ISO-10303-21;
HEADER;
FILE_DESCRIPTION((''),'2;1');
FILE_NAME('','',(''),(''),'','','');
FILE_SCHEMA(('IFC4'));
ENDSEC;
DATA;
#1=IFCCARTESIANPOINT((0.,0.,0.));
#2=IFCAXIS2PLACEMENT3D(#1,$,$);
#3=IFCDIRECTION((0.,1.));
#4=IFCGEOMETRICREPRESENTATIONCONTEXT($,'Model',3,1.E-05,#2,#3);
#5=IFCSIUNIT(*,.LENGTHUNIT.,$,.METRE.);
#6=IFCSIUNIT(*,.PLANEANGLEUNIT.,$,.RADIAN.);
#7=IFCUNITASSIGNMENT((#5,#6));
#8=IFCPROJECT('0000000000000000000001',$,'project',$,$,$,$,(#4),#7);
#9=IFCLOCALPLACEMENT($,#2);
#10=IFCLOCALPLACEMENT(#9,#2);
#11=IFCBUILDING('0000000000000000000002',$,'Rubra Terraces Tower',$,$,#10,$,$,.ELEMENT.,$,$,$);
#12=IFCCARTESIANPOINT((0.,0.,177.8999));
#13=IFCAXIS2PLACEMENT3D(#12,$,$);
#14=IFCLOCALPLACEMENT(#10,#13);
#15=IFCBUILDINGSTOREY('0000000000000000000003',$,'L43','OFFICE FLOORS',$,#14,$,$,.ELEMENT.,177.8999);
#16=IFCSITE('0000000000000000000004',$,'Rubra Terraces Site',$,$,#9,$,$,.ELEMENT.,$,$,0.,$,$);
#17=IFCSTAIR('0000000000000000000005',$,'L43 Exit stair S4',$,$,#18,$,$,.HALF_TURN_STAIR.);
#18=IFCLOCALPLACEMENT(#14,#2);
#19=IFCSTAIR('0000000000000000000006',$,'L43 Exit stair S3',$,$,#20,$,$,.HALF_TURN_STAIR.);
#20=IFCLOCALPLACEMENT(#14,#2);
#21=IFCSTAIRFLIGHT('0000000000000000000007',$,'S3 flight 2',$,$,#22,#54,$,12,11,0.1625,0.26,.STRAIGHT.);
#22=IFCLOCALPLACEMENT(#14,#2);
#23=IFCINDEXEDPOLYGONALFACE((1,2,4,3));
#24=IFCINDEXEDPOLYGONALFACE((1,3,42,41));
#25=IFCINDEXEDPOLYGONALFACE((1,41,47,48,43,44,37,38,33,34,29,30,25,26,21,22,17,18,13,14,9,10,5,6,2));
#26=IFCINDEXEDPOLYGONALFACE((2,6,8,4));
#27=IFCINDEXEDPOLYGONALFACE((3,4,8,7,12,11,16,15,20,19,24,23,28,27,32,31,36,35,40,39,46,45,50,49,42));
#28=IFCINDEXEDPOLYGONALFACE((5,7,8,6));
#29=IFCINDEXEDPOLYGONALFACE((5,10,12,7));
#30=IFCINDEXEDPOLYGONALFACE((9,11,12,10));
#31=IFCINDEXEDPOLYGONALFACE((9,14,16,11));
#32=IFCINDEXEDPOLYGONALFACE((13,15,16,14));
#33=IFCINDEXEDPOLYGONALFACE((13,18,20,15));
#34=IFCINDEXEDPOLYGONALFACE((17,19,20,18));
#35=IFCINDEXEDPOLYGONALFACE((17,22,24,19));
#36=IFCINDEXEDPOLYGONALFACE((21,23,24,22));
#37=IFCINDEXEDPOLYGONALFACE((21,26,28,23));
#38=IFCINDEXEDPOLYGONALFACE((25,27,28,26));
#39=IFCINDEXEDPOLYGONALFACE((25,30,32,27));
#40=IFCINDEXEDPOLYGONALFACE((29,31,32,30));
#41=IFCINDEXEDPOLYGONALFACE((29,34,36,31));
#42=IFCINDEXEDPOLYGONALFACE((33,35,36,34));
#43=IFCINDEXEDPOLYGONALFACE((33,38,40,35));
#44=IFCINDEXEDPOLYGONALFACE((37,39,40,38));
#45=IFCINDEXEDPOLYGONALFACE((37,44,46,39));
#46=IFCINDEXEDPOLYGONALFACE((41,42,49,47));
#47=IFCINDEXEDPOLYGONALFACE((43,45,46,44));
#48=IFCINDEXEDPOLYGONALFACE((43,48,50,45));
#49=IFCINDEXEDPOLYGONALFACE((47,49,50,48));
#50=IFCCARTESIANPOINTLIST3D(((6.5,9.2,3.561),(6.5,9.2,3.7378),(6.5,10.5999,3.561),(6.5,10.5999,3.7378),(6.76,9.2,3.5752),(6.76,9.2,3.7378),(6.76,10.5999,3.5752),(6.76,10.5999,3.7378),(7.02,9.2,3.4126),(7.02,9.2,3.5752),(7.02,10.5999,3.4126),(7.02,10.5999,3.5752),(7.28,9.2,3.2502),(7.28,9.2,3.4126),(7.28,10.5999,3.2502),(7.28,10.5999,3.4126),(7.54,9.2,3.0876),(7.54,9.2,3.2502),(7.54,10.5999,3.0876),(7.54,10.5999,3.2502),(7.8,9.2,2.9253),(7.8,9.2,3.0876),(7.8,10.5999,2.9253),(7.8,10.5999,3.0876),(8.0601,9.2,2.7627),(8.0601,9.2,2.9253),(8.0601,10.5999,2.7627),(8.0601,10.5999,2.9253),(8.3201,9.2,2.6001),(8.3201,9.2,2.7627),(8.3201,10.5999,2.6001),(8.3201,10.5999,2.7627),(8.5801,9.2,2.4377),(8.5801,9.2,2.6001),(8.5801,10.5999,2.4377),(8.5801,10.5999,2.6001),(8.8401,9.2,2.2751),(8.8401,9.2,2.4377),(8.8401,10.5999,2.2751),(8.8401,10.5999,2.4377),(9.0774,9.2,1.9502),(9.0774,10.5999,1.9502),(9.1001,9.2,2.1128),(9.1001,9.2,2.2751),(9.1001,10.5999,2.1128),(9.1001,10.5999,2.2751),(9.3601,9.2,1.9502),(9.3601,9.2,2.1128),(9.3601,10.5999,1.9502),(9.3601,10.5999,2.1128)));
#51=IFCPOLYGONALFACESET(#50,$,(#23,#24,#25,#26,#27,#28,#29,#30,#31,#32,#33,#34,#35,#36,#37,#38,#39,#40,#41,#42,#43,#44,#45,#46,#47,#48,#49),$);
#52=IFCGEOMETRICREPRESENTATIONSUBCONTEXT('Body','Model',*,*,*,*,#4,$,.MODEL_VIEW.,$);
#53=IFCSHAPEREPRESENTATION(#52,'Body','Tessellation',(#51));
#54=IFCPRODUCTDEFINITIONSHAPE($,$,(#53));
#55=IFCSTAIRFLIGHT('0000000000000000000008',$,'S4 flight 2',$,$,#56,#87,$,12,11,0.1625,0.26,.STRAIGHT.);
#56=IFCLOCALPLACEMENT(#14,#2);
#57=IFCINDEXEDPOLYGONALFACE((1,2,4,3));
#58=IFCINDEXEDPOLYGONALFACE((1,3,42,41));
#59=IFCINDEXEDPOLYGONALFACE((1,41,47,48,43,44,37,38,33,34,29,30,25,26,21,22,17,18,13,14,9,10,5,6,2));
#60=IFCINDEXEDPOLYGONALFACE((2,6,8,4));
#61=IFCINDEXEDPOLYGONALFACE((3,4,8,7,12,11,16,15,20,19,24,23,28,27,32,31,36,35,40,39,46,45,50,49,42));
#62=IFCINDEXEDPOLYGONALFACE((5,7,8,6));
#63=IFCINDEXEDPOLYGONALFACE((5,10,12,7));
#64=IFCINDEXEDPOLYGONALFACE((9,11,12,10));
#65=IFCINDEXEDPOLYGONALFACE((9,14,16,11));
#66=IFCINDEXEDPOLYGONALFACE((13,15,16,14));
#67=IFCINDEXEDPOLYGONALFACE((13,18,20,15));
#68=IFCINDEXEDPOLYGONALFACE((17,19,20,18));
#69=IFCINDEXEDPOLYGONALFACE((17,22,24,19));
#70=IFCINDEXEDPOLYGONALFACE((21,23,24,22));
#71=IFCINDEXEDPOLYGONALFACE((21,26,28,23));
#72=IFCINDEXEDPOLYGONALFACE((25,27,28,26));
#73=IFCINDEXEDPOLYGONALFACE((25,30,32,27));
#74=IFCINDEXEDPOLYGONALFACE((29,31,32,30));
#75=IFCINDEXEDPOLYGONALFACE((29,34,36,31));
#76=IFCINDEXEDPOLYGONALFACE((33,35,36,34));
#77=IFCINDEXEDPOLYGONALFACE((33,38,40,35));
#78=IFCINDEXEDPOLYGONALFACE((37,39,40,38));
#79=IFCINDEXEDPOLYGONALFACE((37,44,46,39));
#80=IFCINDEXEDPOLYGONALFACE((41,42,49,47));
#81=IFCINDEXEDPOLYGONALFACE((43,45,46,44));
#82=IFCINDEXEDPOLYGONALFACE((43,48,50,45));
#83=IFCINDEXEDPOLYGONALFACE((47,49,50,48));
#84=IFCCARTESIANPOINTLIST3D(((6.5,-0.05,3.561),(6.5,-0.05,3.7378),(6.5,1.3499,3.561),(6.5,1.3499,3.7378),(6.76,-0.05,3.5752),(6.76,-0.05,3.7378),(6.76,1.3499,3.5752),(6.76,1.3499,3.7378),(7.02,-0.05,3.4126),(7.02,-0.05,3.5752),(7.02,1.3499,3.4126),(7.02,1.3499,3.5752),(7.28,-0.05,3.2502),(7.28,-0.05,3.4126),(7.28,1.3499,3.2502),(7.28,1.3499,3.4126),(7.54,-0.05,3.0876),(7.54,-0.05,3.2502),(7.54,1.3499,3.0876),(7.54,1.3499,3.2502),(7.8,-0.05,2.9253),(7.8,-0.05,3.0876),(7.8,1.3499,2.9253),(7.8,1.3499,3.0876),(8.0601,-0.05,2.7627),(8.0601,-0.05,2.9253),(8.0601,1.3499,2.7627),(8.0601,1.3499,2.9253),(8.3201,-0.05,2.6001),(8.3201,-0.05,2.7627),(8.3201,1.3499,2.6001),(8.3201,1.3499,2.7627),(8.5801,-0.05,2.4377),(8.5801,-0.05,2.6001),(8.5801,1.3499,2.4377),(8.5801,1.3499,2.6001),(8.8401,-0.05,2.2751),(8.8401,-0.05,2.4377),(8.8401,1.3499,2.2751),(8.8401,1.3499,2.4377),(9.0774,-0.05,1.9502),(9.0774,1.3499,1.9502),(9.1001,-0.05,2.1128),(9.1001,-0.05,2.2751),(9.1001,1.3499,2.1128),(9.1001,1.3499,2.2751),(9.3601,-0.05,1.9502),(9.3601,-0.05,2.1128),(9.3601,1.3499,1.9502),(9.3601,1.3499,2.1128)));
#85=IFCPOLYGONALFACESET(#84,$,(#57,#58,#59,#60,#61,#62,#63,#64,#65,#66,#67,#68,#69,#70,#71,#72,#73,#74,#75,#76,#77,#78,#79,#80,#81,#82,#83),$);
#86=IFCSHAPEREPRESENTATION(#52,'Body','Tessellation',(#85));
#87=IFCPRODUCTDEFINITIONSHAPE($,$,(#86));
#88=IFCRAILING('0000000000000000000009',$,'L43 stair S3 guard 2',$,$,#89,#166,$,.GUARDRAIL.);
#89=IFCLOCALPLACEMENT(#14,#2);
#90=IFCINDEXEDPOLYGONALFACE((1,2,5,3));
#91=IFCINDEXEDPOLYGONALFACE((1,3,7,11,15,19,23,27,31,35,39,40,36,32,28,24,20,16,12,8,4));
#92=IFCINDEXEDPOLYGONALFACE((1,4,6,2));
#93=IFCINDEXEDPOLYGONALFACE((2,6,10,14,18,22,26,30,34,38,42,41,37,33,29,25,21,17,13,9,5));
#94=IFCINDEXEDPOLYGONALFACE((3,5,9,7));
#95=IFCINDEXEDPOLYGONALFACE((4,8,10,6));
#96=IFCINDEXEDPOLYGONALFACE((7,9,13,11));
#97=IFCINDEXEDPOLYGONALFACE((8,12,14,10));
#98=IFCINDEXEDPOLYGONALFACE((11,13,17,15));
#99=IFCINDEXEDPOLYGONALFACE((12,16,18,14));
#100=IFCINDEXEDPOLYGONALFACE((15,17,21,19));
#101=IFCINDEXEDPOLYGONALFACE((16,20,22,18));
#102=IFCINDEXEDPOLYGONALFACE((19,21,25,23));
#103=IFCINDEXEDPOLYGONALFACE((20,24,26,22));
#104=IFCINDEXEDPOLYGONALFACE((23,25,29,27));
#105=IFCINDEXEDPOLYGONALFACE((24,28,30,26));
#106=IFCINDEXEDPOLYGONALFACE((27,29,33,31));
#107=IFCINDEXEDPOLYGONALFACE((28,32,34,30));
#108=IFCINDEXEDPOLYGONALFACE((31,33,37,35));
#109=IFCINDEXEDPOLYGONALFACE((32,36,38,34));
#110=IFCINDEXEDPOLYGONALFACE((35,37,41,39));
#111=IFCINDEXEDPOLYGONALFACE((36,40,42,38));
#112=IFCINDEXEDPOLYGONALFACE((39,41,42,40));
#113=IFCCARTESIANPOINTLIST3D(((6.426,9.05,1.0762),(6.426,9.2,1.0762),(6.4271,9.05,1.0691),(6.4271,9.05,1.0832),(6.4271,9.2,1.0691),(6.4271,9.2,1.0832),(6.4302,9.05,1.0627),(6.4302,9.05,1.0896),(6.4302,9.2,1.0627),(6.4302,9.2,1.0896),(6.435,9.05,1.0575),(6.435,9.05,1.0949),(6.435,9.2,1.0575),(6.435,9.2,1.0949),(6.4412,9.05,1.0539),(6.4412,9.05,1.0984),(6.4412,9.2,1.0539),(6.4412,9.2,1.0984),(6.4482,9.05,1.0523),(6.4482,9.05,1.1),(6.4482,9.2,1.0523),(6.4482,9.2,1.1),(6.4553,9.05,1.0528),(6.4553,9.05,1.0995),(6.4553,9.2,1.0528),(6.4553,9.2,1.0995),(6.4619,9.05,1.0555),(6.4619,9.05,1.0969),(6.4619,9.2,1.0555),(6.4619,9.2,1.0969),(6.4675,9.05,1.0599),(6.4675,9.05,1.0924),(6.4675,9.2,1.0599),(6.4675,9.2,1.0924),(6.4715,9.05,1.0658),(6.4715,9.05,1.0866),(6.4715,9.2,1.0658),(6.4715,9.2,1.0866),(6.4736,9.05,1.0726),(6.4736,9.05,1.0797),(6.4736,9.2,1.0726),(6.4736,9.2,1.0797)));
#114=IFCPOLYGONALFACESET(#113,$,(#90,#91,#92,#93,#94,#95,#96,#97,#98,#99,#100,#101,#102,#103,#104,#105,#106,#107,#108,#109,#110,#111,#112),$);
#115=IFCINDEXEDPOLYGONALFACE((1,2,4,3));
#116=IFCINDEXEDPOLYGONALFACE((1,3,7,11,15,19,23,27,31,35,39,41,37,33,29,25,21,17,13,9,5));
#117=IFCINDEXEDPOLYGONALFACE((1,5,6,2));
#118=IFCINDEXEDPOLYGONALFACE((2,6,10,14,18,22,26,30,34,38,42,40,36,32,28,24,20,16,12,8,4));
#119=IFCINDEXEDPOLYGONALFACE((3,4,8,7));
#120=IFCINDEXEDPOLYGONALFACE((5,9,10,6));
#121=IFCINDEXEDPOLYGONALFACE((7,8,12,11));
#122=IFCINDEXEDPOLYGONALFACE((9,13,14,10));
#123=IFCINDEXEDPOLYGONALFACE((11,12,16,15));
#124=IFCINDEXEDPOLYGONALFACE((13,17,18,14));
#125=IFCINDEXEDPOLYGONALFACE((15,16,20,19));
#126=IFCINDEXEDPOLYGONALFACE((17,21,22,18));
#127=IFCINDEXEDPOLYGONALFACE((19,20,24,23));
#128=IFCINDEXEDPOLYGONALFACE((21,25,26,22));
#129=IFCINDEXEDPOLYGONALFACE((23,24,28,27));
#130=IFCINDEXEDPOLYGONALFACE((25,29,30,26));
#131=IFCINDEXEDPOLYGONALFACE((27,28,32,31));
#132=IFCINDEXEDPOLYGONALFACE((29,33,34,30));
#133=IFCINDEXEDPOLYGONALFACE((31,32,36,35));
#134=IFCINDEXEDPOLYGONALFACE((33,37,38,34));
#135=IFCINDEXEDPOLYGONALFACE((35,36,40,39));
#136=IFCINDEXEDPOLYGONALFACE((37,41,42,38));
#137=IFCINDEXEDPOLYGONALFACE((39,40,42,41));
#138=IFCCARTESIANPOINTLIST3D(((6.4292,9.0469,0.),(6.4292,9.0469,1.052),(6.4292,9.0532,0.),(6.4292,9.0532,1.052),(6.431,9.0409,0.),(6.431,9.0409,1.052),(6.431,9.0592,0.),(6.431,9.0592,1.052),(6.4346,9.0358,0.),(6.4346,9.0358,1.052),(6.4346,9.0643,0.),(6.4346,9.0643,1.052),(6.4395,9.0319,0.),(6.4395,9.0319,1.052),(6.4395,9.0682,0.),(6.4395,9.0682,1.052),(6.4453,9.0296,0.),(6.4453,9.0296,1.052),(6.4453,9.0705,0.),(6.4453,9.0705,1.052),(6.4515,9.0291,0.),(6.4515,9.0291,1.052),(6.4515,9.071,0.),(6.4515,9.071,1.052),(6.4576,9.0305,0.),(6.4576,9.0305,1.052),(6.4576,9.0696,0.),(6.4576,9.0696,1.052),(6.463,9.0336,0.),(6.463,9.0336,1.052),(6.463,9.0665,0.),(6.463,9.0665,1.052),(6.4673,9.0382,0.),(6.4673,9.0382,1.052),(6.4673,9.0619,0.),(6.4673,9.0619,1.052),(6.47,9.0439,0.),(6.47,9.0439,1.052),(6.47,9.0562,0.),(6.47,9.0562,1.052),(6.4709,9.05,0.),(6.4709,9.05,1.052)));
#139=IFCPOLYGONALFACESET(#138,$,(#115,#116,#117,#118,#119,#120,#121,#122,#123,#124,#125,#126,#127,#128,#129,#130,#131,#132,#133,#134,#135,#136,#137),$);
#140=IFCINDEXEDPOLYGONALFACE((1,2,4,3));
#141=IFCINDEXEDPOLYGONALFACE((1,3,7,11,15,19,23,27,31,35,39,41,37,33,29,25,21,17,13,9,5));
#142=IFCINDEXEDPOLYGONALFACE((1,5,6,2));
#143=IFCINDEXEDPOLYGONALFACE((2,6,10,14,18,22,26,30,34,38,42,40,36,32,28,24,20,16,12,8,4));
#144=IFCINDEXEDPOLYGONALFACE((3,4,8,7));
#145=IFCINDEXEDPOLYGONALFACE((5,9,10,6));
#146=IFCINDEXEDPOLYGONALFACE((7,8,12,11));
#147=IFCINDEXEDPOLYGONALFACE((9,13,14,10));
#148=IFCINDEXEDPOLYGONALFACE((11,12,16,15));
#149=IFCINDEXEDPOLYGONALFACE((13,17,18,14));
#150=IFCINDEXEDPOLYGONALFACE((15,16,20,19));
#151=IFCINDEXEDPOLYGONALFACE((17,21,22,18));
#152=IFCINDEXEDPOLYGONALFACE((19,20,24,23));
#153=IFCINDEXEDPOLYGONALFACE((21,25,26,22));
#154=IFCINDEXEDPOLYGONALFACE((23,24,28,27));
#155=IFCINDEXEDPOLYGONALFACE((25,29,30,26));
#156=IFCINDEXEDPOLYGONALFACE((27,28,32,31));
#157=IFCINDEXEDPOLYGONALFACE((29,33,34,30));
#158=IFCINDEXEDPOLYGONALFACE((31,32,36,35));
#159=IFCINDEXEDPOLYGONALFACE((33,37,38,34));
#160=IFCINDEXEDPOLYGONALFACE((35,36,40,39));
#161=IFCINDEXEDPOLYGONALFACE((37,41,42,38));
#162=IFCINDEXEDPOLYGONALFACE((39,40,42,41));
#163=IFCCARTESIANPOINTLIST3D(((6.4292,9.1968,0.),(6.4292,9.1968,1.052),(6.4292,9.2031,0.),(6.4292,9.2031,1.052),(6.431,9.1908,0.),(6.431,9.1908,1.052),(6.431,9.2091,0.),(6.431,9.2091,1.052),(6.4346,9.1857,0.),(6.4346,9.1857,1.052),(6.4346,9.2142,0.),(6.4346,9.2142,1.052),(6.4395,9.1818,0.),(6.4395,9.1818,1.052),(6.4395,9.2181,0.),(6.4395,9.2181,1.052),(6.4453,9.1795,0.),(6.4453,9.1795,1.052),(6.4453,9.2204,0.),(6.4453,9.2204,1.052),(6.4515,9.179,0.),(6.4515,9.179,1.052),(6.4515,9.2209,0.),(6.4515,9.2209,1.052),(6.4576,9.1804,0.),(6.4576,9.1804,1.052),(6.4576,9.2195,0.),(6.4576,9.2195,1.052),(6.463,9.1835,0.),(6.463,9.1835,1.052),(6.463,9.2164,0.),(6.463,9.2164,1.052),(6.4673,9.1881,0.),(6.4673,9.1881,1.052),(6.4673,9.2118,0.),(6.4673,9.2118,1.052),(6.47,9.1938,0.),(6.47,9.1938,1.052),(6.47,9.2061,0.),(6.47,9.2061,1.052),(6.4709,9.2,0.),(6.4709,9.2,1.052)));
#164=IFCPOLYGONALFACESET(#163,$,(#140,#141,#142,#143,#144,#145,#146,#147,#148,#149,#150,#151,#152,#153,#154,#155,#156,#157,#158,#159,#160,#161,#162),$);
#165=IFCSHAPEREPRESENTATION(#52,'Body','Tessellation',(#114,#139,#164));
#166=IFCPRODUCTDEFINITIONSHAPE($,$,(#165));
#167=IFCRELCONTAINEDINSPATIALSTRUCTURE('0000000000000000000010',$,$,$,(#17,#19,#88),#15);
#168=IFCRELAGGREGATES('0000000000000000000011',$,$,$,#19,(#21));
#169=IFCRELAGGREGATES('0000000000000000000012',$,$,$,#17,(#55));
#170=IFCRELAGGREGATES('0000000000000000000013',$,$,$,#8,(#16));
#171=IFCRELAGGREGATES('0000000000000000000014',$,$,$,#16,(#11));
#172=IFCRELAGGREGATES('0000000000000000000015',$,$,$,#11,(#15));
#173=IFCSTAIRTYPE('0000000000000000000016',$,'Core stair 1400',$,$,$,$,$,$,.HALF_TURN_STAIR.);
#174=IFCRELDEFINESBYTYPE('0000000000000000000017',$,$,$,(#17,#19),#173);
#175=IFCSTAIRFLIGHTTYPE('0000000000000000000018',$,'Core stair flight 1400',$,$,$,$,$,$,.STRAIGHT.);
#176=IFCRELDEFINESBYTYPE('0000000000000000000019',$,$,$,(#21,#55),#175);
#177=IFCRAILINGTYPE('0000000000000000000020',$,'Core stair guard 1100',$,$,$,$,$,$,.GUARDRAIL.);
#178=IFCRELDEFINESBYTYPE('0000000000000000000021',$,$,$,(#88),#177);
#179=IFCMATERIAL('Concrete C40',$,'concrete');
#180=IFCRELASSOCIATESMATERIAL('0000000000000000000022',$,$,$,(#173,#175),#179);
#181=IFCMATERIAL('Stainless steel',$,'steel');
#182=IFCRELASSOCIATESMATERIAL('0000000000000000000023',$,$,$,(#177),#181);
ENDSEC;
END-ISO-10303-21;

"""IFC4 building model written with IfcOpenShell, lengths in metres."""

from ifc_helpers import new_model, si_unit, direction, frame, origin, origin_2d, place, context, subcontext, project, spatial, polyline, circle, outline, extrude, material, type_object, element, aggregate, save


model = new_model("IFC4")

# Units and contexts
model_context = context("Model", 3, precision=1e-05, world=origin(), true_north=direction((0.0, 1.0)))
body_context = subcontext(model_context, "Body", "Model", "MODEL_VIEW")
ifc_project = project(units=[si_unit("LENGTHUNIT", "METRE"), si_unit("PLANEANGLEUNIT", "RADIAN")], contexts=[model_context])

# Site, building, storey
site_placement = place(None, origin())
site = spatial("IfcSite", under=ifc_project, at=site_placement, Name="Rubra Terraces Site", CompositionType="ELEMENT", RefElevation=0.0)
building_placement = place(site_placement, origin())
building = spatial("IfcBuilding", under=site, at=building_placement, Name="Rubra Terraces Tower", CompositionType="ELEMENT")
storey_placement = place(building_placement, frame((0.0, 0.0, 177.8999)))
storey = spatial("IfcBuildingStorey", under=building, at=storey_placement, Name="L43", Description="OFFICE FLOORS", CompositionType="ELEMENT", Elevation=177.8999)

# Stair
ifc_material_1 = material(Name="Concrete C40", Category="concrete")
stair_type = type_object("IfcStairType", Name="Core stair 1400", PredefinedType="HALF_TURN_STAIR", material=ifc_material_1)
stair_1_placement = place(storey_placement, origin())
stair_1 = element("IfcStair", 1, at=stair_1_placement, inside=storey, type_object=stair_type, Name="L43 Exit stair S4", PredefinedType="HALF_TURN_STAIR")

# Shared definitions
ifc_material_2 = material(Name="Stainless steel", Category="steel")

# Stair, stair flight
stair_2_placement = place(storey_placement, origin())
stair_2 = element("IfcStair", 2, at=stair_2_placement, inside=storey, type_object=stair_type, Name="L43 Exit stair S3", PredefinedType="HALF_TURN_STAIR")
stair_flight_type = type_object("IfcStairFlightType", Name="Core stair flight 1400", PredefinedType="STRAIGHT", material=ifc_material_1)
stair_flight_1_placement = place(storey_placement, frame((9.3601, 9.8999, 1.9502), z_axis=(0.0, 0.0, 1.0), x_axis=(-1.0, 0.0, 0.0)))
stair_flight_1 = element("IfcStairFlight", 3, at=stair_flight_1_placement, type_object=stair_flight_type, Name="S3 flight 2", NumberOfRisers=12, NumberOfTreads=11, PredefinedType="STRAIGHT", RiserHeight=0.1625, TreadLength=0.26, context=body_context, shape_type="SweptSolid", body=[
    extrude(outline(polyline([(0.0, 0.0), (0.0, 0.1626), (0.26, 0.1626), (0.26, 0.325), (0.52, 0.325), (0.52, 0.4875), (0.78, 0.4875), (0.78, 0.6499), (1.04, 0.6499), (1.04, 0.8125), (1.3, 0.8125), (1.3, 0.9751), (1.5601, 0.9751), (1.5601, 1.1375), (1.8201, 1.1375), (1.8201, 1.3), (2.0801, 1.3), (2.0801, 1.4624), (2.3401, 1.4624), (2.3401, 1.625), (2.6001, 1.625), (2.6001, 1.7876), (2.8601, 1.7876), (2.8601, 1.95), (2.8601, 1.6108), (0.2827, 0.0), (0.0, 0.0)])), frame((0.0, 0.7, 0.0), z_axis=(0.0, -1.0, 0.0), x_axis=(1.0, 0.0, 0.0)), (0.0, 0.0, 1.0), 1.3999),
])
aggregate(stair_2, [stair_flight_1])

# Stair flight
stair_flight_2_placement = place(storey_placement, frame((9.3601, 0.6499, 1.9502), z_axis=(0.0, 0.0, 1.0), x_axis=(-1.0, 0.0, 0.0)))
stair_flight_2 = element("IfcStairFlight", 4, at=stair_flight_2_placement, type_object=stair_flight_type, Name="S4 flight 2", NumberOfRisers=12, NumberOfTreads=11, PredefinedType="STRAIGHT", RiserHeight=0.1625, TreadLength=0.26, context=body_context, shape_type="SweptSolid", body=[
    extrude(outline(polyline([(0.0, 0.0), (0.0, 0.1626), (0.26, 0.1626), (0.26, 0.325), (0.52, 0.325), (0.52, 0.4875), (0.78, 0.4875), (0.78, 0.6499), (1.04, 0.6499), (1.04, 0.8125), (1.3, 0.8125), (1.3, 0.9751), (1.5601, 0.9751), (1.5601, 1.1375), (1.8201, 1.1375), (1.8201, 1.3), (2.0801, 1.3), (2.0801, 1.4624), (2.3401, 1.4624), (2.3401, 1.625), (2.6001, 1.625), (2.6001, 1.7876), (2.8601, 1.7876), (2.8601, 1.95), (2.8601, 1.6108), (0.2827, 0.0), (0.0, 0.0)])), frame((0.0, 0.7, 0.0), z_axis=(0.0, -1.0, 0.0), x_axis=(1.0, 0.0, 0.0)), (0.0, 0.0, 1.0), 1.3999),
])
aggregate(stair_1, [stair_flight_2])

# Railing
railing_type_1 = type_object("IfcRailingType", Name="Core stair guard 1100", PredefinedType="GUARDRAIL", material=ifc_material_2)
railing_1_placement = place(storey_placement, frame((6.45, 9.05, 0.0)))
element("IfcRailing", 5, at=railing_1_placement, inside=storey, type_object=railing_type_1, Name="L43 stair S3 guard 2", PredefinedType="GUARDRAIL", context=body_context, shape_type="SweptSolid", body=[
    extrude(circle(Radius=0.0239, at=origin_2d()), frame((0.0, 0.0, 1.0762), z_axis=(0.0, 1.0, 0.0), x_axis=(-1.0, 0.0, 0.0)), (0.0, 0.0, 1.0), 0.1499),
    extrude(circle(Radius=0.021, at=origin_2d()), origin(), (0.0, 0.0, 1.0), 1.052),
    extrude(circle(Radius=0.021, at=origin_2d()), frame((0.0, 0.1499, 0.0)), (0.0, 0.0, 1.0), 1.052),
])

save(model, "model.ifc")
